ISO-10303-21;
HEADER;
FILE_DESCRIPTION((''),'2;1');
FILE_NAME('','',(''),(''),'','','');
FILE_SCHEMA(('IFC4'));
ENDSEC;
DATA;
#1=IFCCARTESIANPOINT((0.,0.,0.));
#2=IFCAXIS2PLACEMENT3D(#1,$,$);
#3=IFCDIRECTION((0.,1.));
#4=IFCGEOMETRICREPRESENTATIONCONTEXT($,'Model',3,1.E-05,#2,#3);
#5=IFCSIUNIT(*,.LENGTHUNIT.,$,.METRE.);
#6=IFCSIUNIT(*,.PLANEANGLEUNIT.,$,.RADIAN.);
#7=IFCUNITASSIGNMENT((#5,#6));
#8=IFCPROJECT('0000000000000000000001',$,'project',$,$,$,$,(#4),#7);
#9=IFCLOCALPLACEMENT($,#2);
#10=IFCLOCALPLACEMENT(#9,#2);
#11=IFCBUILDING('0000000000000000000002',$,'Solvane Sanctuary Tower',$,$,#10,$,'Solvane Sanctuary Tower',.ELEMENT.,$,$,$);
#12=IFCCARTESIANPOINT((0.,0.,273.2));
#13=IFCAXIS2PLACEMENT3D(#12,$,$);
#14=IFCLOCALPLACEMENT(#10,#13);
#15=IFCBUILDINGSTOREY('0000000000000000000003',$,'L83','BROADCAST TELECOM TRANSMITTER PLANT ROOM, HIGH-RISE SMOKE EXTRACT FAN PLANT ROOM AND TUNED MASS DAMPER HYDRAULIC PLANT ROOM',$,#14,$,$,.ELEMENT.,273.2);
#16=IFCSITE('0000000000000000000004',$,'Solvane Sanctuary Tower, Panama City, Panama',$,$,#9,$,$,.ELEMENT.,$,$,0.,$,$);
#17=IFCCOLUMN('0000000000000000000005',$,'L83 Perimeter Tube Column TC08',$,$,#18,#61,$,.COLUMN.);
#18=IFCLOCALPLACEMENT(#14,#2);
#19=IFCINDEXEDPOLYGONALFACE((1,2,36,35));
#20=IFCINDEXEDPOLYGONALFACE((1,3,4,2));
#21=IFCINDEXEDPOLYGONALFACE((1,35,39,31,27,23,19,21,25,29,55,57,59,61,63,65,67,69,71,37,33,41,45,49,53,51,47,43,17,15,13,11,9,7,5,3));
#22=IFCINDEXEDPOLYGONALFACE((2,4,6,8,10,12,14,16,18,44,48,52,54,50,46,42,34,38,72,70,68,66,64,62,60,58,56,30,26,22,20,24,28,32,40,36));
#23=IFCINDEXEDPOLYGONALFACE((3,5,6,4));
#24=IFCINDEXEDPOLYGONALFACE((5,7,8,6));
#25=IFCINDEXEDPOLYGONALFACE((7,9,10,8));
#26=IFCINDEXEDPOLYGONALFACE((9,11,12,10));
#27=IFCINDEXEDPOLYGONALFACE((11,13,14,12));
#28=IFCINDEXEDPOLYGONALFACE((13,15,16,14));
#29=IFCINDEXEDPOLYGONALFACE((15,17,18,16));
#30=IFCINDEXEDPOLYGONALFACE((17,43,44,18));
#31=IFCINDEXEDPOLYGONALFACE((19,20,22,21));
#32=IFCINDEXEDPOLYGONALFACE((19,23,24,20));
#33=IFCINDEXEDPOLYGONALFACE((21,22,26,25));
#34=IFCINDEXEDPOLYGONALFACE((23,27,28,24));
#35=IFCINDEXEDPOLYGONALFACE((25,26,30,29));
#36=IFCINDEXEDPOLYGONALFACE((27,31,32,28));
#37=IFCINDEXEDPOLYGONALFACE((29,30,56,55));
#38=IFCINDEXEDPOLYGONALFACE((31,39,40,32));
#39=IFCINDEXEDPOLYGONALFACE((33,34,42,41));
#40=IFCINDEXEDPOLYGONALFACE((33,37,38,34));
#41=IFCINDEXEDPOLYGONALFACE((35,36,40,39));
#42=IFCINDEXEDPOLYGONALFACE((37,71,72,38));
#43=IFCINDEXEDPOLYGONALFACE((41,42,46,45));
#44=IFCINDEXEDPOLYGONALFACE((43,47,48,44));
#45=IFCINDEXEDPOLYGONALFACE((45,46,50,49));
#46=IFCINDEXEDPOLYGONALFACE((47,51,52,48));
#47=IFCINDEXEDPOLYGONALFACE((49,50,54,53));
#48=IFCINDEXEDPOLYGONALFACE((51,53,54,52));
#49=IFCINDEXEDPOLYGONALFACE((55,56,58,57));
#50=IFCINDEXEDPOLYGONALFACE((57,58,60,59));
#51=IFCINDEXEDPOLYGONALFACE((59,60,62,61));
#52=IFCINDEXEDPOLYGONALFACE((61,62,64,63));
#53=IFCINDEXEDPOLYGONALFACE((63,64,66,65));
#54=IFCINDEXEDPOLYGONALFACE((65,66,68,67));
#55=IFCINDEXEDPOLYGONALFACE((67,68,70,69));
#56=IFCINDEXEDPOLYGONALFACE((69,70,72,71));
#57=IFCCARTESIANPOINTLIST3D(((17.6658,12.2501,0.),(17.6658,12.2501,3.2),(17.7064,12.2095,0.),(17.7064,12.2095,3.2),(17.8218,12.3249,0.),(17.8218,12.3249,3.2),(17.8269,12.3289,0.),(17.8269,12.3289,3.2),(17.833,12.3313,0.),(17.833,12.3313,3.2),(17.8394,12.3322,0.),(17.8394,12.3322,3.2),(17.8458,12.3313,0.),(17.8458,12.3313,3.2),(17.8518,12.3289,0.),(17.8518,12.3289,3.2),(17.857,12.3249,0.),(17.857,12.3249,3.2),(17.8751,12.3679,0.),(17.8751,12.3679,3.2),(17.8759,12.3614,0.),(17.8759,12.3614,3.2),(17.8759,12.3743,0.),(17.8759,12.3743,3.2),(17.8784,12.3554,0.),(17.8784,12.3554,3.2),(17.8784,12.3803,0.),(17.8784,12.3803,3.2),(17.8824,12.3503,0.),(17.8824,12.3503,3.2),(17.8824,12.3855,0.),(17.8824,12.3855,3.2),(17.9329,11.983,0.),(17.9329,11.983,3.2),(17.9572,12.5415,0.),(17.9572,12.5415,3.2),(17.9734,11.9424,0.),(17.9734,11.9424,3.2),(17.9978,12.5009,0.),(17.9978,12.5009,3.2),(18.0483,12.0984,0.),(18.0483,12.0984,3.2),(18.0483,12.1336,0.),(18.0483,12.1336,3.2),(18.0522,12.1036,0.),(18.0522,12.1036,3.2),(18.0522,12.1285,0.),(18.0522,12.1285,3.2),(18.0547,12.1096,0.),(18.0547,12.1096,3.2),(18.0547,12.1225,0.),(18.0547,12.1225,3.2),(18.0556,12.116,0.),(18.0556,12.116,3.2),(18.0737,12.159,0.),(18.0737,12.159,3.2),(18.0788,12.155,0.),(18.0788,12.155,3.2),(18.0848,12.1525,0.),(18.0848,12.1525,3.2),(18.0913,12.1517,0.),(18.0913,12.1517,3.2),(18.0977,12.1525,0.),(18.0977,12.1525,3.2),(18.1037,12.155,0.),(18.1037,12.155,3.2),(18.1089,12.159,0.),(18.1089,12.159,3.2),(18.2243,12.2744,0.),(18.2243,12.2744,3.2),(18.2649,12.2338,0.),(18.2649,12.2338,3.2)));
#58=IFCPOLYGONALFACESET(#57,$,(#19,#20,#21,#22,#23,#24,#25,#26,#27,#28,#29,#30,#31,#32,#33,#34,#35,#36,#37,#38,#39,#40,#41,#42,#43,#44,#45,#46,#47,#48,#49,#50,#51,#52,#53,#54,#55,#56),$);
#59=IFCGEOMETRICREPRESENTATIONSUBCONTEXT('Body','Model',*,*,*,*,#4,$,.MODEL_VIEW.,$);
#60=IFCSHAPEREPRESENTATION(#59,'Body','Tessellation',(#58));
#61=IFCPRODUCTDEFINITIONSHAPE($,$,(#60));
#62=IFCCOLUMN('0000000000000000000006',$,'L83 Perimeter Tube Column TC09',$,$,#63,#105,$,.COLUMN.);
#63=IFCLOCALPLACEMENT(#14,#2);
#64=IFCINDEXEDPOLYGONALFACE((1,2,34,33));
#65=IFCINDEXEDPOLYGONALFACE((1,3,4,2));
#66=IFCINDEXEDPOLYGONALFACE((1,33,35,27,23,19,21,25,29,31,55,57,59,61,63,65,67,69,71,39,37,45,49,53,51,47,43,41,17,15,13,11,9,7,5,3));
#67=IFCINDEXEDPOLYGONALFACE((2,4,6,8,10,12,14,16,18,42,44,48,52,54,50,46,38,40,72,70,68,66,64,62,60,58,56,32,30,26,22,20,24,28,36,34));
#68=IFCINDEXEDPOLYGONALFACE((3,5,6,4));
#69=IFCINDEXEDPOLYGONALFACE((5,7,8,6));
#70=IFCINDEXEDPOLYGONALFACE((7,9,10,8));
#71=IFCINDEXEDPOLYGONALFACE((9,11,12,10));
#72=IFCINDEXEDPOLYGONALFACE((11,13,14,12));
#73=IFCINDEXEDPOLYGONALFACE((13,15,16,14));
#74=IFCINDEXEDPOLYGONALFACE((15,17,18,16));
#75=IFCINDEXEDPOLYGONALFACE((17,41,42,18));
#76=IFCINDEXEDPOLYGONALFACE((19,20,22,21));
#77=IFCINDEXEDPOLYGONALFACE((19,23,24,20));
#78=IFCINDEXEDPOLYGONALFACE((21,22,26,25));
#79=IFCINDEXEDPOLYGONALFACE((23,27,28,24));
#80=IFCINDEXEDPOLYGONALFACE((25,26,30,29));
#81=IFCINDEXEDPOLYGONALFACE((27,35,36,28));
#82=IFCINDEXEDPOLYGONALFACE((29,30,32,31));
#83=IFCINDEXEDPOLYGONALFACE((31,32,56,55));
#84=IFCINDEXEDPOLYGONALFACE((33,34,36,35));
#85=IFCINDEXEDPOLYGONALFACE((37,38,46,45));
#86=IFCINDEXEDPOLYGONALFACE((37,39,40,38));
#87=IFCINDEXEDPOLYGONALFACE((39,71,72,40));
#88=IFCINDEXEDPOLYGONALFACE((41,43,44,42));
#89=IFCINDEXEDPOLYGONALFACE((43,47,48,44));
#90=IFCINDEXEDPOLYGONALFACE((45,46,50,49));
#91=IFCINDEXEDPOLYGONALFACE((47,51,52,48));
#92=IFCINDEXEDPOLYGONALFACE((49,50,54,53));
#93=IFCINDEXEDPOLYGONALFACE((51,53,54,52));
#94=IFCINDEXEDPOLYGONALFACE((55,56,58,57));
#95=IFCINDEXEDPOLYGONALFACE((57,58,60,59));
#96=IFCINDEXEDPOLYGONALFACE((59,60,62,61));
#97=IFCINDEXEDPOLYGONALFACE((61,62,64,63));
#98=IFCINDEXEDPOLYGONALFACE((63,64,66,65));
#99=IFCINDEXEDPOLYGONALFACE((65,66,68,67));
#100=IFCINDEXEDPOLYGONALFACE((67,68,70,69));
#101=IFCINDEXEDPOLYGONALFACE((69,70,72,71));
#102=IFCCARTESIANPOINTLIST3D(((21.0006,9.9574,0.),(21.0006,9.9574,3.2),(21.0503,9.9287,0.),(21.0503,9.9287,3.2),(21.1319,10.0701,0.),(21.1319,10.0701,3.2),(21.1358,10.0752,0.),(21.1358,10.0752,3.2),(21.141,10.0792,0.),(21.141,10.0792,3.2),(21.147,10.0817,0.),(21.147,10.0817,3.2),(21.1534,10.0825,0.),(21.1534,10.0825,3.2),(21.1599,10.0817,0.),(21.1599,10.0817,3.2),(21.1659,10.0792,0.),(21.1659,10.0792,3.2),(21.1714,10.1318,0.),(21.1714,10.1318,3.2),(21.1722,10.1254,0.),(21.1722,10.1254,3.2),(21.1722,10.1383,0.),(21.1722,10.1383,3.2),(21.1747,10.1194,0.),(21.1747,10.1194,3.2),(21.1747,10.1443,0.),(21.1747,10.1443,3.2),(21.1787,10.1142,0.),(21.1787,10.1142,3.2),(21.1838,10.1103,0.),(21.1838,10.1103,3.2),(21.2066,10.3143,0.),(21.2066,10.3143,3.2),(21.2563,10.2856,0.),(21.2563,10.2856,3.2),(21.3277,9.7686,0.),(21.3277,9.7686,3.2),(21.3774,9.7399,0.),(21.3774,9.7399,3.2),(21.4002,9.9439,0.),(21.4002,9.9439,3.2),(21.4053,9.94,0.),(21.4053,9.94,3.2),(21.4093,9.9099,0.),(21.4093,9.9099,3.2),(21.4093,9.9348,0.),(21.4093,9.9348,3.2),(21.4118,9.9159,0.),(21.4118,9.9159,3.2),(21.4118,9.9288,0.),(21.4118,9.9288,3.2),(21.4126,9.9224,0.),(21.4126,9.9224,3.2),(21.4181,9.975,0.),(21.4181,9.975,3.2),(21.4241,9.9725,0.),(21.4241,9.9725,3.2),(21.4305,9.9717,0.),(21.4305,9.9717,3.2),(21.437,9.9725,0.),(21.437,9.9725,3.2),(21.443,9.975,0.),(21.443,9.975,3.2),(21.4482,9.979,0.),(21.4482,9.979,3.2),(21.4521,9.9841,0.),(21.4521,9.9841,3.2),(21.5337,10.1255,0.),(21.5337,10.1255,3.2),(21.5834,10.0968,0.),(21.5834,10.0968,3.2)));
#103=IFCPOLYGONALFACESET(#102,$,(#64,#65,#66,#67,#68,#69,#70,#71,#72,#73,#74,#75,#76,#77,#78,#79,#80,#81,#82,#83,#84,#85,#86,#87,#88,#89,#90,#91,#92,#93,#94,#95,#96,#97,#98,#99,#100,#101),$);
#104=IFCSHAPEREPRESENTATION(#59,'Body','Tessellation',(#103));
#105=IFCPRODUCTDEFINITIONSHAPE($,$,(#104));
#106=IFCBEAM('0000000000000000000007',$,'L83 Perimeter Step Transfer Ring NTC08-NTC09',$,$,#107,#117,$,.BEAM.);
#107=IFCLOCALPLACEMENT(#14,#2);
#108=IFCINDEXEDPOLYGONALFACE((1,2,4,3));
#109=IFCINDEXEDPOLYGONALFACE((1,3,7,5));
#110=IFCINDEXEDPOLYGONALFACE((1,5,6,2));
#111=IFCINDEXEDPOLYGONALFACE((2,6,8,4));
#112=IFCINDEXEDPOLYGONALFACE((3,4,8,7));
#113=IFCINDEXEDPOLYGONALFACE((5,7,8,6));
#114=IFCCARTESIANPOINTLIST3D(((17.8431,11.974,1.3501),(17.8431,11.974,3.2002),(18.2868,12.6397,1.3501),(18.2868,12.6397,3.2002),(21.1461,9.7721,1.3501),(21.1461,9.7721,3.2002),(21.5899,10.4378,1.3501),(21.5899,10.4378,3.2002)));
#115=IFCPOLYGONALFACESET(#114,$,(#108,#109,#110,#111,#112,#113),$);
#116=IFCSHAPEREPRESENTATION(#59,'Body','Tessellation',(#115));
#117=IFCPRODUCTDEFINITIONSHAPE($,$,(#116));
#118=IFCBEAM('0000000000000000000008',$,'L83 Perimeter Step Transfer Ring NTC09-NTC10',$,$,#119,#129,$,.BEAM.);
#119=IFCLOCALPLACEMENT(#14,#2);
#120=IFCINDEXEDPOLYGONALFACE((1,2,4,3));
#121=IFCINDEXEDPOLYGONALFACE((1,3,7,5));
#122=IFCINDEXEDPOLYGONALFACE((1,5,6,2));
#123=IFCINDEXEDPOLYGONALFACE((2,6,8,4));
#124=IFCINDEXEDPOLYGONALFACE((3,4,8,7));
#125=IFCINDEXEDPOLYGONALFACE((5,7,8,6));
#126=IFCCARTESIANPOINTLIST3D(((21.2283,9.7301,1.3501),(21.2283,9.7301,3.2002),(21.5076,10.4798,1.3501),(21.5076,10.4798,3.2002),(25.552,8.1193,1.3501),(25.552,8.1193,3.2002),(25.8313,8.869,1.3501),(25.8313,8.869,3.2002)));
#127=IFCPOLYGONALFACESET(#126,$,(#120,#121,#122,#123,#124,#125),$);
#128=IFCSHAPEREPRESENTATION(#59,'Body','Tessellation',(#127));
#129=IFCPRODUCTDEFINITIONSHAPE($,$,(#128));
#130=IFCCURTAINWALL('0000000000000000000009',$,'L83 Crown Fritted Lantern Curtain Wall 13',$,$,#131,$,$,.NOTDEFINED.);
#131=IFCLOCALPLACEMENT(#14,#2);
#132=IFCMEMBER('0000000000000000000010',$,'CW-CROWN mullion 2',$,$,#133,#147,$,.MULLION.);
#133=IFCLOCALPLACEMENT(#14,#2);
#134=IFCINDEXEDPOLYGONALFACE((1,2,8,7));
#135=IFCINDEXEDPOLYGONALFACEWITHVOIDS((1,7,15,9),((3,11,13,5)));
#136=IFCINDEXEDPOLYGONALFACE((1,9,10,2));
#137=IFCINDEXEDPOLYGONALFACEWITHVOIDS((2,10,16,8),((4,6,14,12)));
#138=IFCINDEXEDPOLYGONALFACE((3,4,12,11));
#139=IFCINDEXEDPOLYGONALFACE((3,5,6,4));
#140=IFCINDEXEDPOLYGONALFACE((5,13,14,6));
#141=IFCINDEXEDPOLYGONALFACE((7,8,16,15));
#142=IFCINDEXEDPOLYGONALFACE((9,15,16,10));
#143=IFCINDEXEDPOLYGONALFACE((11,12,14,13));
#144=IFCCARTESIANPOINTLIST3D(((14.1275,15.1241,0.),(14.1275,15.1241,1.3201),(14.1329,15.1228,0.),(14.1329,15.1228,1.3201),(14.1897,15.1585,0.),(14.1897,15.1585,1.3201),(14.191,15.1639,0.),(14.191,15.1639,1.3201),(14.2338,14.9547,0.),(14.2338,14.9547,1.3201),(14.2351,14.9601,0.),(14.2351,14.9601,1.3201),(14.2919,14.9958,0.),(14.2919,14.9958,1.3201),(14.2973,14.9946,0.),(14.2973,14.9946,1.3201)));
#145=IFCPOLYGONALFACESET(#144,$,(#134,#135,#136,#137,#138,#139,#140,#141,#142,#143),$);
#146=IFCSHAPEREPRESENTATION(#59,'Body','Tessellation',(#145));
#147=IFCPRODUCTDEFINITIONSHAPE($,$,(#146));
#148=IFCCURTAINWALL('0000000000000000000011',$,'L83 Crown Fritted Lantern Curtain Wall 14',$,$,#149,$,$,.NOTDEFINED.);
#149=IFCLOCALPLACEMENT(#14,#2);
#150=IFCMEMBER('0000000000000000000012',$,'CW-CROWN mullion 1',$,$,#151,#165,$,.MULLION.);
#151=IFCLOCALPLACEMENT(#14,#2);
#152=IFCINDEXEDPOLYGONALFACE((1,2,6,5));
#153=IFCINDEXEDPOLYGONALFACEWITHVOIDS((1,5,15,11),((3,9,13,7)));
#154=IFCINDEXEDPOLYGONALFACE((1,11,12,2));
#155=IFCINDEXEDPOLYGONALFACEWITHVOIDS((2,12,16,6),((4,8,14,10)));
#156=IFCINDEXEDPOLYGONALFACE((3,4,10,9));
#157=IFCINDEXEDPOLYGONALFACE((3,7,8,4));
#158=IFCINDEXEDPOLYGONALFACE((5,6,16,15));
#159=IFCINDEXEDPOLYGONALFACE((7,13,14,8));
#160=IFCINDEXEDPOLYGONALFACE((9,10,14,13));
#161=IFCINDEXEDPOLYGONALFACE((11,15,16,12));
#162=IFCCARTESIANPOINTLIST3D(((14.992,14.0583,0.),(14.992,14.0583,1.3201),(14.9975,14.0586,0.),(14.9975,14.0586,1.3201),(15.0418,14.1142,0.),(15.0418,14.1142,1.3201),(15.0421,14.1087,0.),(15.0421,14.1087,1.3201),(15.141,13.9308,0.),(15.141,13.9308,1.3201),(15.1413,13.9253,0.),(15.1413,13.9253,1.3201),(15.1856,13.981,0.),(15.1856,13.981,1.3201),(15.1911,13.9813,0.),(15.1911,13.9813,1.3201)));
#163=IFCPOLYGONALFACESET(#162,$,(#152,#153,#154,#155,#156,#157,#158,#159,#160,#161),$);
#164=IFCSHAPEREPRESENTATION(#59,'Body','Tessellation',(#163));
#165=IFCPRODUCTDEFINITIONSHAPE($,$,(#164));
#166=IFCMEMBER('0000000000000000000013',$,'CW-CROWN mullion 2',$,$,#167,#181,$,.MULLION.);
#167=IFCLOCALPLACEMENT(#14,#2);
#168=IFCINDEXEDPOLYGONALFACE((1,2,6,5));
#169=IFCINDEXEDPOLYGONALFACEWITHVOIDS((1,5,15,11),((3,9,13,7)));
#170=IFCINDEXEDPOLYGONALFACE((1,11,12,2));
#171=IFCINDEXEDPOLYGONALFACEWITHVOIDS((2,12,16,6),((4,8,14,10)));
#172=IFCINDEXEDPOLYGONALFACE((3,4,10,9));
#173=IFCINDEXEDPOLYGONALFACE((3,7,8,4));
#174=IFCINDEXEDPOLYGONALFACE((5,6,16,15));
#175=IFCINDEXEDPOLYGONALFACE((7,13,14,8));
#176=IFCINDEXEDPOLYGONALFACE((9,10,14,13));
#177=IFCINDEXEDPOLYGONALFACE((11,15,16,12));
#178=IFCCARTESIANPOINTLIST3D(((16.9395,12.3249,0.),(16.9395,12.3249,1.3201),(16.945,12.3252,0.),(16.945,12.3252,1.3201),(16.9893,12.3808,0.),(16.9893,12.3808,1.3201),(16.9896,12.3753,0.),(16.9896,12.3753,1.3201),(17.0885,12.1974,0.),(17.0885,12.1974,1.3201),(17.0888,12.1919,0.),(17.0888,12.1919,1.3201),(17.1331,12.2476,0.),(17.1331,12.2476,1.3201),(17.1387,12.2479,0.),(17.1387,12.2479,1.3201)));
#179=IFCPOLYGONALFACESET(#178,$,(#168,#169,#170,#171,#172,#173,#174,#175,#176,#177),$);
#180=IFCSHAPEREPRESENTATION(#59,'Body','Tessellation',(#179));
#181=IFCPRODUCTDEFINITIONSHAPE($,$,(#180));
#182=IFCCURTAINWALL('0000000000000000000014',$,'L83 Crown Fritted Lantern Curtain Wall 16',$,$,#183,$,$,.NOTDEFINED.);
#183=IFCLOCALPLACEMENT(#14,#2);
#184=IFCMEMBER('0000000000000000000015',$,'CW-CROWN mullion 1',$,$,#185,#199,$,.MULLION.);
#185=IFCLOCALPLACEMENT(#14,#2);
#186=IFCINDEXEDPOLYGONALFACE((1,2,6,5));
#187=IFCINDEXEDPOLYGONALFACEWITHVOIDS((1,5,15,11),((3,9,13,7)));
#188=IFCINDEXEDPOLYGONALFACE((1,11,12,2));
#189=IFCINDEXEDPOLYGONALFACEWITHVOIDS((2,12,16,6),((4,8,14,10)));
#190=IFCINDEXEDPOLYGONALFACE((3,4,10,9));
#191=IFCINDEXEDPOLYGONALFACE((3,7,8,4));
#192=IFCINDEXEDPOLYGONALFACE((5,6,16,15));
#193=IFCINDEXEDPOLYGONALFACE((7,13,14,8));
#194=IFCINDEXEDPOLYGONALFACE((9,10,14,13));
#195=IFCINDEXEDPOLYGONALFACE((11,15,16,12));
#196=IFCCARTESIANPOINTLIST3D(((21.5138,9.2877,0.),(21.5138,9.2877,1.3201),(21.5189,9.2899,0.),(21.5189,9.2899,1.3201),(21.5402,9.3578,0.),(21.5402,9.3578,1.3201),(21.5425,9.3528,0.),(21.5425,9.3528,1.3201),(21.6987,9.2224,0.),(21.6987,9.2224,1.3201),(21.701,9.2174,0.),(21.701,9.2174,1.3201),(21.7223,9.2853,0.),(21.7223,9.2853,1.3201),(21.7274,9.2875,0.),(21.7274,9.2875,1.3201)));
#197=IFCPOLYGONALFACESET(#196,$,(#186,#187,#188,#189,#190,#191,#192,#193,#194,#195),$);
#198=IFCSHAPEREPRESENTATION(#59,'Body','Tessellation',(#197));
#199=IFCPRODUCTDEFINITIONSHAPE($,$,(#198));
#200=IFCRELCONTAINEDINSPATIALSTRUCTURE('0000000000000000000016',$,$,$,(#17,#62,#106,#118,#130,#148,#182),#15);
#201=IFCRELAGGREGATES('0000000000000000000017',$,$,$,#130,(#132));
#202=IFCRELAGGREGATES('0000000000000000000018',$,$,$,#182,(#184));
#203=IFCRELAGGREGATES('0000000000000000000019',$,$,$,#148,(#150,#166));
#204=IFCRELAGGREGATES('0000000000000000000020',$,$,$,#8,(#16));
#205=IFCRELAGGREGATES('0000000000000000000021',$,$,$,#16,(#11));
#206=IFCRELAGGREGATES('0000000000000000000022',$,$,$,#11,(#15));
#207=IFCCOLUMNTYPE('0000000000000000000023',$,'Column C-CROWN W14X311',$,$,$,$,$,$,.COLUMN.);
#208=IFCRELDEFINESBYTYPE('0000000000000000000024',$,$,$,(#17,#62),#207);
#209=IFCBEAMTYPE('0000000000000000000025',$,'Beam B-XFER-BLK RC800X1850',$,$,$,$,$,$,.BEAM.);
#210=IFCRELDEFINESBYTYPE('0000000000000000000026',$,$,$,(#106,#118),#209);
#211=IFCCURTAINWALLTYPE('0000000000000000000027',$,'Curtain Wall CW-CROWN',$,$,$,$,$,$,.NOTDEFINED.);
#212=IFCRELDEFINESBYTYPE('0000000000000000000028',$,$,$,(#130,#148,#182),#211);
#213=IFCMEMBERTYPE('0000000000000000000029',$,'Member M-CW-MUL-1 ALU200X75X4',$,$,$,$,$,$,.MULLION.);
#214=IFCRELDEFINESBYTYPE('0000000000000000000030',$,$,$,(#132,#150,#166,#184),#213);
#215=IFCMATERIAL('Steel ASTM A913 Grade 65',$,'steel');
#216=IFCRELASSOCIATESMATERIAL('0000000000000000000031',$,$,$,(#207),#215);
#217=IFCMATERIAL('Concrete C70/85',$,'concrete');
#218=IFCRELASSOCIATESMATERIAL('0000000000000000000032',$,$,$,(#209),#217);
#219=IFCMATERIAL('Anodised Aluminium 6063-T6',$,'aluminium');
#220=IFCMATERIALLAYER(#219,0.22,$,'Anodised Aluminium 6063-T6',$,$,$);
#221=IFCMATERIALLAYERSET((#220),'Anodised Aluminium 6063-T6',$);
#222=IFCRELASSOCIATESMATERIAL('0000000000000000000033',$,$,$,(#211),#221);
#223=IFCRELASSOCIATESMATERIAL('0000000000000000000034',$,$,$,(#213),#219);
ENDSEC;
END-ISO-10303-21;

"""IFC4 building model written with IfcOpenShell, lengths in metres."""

from ifc_helpers import new_model, si_unit, direction, frame, origin, origin_2d, place, context, subcontext, project, spatial, rectangle, hollow_rectangle, i_section, extrude, material, layer, layer_set, material_profile, profile_set, type_object, element, aggregate, save


model = new_model("IFC4")

# Units and contexts
model_context = context("Model", 3, precision=1e-05, world=origin(), true_north=direction((0.0, 1.0)))
body_context = subcontext(model_context, "Body", "Model", "MODEL_VIEW")
ifc_project = project(units=[si_unit("LENGTHUNIT", "METRE"), si_unit("PLANEANGLEUNIT", "RADIAN")], contexts=[model_context])

# Site, building, storey
site_placement = place(None, origin())
site = spatial("IfcSite", under=ifc_project, at=site_placement, Name="Solvane Sanctuary Tower, Panama City, Panama", CompositionType="ELEMENT", RefElevation=0.0)
building_placement = place(site_placement, origin())
building = spatial("IfcBuilding", under=site, at=building_placement, Name="Solvane Sanctuary Tower", LongName="Solvane Sanctuary Tower", CompositionType="ELEMENT")
storey_placement = place(building_placement, frame((0.0, 0.0, 273.2)))
storey = spatial("IfcBuildingStorey", under=building, at=storey_placement, Name="L83", Description="BROADCAST TELECOM TRANSMITTER PLANT ROOM, HIGH-RISE SMOKE EXTRACT FAN PLANT ROOM AND TUNED MASS DAMPER HYDRAULIC PLANT ROOM", CompositionType="ELEMENT", Elevation=273.2)

# Columns
ifc_material_1 = material(Name="Steel ASTM A913 Grade 65", Category="steel")
ifc_material_profile_1 = material_profile(ifc_material_1, i_section(OverallWidth=0.4121, OverallDepth=0.4351, WebThickness=0.0359, FlangeThickness=0.0574, FilletRadius=0.0249, at=origin_2d()), Name="W14X311")
ifc_profile_set_1 = profile_set([ifc_material_profile_1], Name="Steel ASTM A913 Grade 65")
column_type = type_object("IfcColumnType", Name="Column C-CROWN W14X311", PredefinedType="COLUMN", material=ifc_profile_set_1)
for number, where, z_axis, x_axis, name in (
    (1, (17.9653, 12.2419, 0.0), (0.0, 0.0, 1.0), (-0.707107, -0.707107, 0.0), "L83 Perimeter Tube Column TC08"),
    (2, (21.292, 10.0271, 0.0), (0.0, 0.0, 1.0), (-0.5, -0.866025, 0.0), "L83 Perimeter Tube Column TC09"),
):
    element("IfcColumn", number, at=place(storey_placement, frame(where, z_axis=z_axis, x_axis=x_axis)), inside=storey, type_object=column_type, Name=name, PredefinedType="COLUMN", context=body_context, shape_type="SweptSolid", body=[
        extrude(i_section(OverallWidth=0.4121, OverallDepth=0.4351, WebThickness=0.0359, FlangeThickness=0.0574, FilletRadius=0.0249, at=origin_2d()), origin(), (0.0, 0.0, 1.0), 3.2),
    ])

# Beams
ifc_material_2 = material(Name="Concrete C70/85", Category="concrete")
ifc_material_profile_2 = material_profile(ifc_material_2, rectangle(XDim=0.8, YDim=1.8501, at=origin_2d()), Name="RC800X1850")
ifc_profile_set_2 = profile_set([ifc_material_profile_2], Name="Concrete C70/85")
beam_type = type_object("IfcBeamType", Name="Beam B-XFER-BLK RC800X1850", PredefinedType="BEAM", material=ifc_profile_set_2)
beam_1_placement = place(storey_placement, frame((18.0649, 12.3069, 2.2751), z_axis=(0.83206, -0.554686, 0.0), x_axis=(0.554686, 0.83206, 0.0)))
element("IfcBeam", 3, at=beam_1_placement, inside=storey, type_object=beam_type, Name="L83 Perimeter Step Transfer Ring NTC08-NTC09", PredefinedType="BEAM", context=body_context, shape_type="SweptSolid", body=[
    extrude(rectangle(XDim=0.8, YDim=1.8501, at=origin_2d()), origin(), (0.0, 0.0, 1.0), 3.9697),
])
beam_2_placement = place(storey_placement, frame((21.3679, 10.105, 2.2751), z_axis=(0.937079, -0.349116, 0.0), x_axis=(0.349116, 0.937079, 0.0)))
element("IfcBeam", 4, at=beam_2_placement, inside=storey, type_object=beam_type, Name="L83 Perimeter Step Transfer Ring NTC09-NTC10", PredefinedType="BEAM", context=body_context, shape_type="SweptSolid", body=[
    extrude(rectangle(XDim=0.8, YDim=1.8501, at=origin_2d()), origin(), (0.0, 0.0, 1.0), 4.614),
])

# Curtain wall, member
ifc_material_3 = material(Name="Anodised Aluminium 6063-T6", Category="aluminium")
ifc_layer_1 = layer(ifc_material_3, 0.22, Name="Anodised Aluminium 6063-T6")
ifc_layer_set_1 = layer_set([ifc_layer_1], Name="Anodised Aluminium 6063-T6")
curtain_wall_type = type_object("IfcCurtainWallType", Name="Curtain Wall CW-CROWN", PredefinedType="NOTDEFINED", material=ifc_layer_set_1)
curtain_wall_1_placement = place(storey_placement, origin())
curtain_wall_1 = element("IfcCurtainWall", 5, at=curtain_wall_1_placement, inside=storey, type_object=curtain_wall_type, Name="L83 Crown Fritted Lantern Curtain Wall 13", PredefinedType="NOTDEFINED")
ifc_material_profile_3 = material_profile(ifc_material_3, hollow_rectangle(XDim=0.075, YDim=0.2, WallThickness=0.0039, at=origin_2d()), Name="ALU200X75X4")
ifc_profile_set_3 = profile_set([ifc_material_profile_3], Name="Anodised Aluminium 6063-T6")
member_type_1 = type_object("IfcMemberType", Name="Member M-CW-MUL-1 ALU200X75X4", PredefinedType="MULLION", material=ifc_profile_set_3)
member_1_placement = place(storey_placement, frame((14.2124, 15.0593, 0.0), z_axis=(0.0, 0.0, 1.0), x_axis=(0.846858, 0.531819, 0.0)))
member_1 = element("IfcMember", 6, at=member_1_placement, type_object=member_type_1, Name="CW-CROWN mullion 2", PredefinedType="MULLION", context=body_context, shape_type="SweptSolid", body=[
    extrude(hollow_rectangle(XDim=0.075, YDim=0.2, WallThickness=0.0039, at=origin_2d()), origin(), (0.0, 0.0, 1.0), 1.3201),
])
aggregate(curtain_wall_1, [member_1])

# Curtain wall, members
curtain_wall_2_placement = place(storey_placement, origin())
curtain_wall_2 = element("IfcCurtainWall", 7, at=curtain_wall_2_placement, inside=storey, type_object=curtain_wall_type, Name="L83 Crown Fritted Lantern Curtain Wall 14", PredefinedType="NOTDEFINED")
member_2_placement = place(storey_placement, frame((15.0916, 14.0198, 0.0), z_axis=(0.0, 0.0, 1.0), x_axis=(0.664887, 0.746944, 0.0)))
member_2 = element("IfcMember", 8, at=member_2_placement, type_object=member_type_1, Name="CW-CROWN mullion 1", PredefinedType="MULLION", context=body_context, shape_type="SweptSolid", body=[
    extrude(hollow_rectangle(XDim=0.075, YDim=0.2, WallThickness=0.0039, at=origin_2d()), origin(), (0.0, 0.0, 1.0), 1.3201),
])
member_3_placement = place(storey_placement, frame((17.0391, 12.2864, 0.0), z_axis=(0.0, 0.0, 1.0), x_axis=(0.664887, 0.746944, 0.0)))
member_3 = element("IfcMember", 9, at=member_3_placement, type_object=member_type_1, Name="CW-CROWN mullion 2", PredefinedType="MULLION", context=body_context, shape_type="SweptSolid", body=[
    extrude(hollow_rectangle(XDim=0.075, YDim=0.2, WallThickness=0.0039, at=origin_2d()), origin(), (0.0, 0.0, 1.0), 1.3201),
])

# Curtain wall, member
curtain_wall_3_placement = place(storey_placement, origin())
curtain_wall_3 = element("IfcCurtainWall", 10, at=curtain_wall_3_placement, inside=storey, type_object=curtain_wall_type, Name="L83 Crown Fritted Lantern Curtain Wall 16", PredefinedType="NOTDEFINED")
member_4_placement = place(storey_placement, frame((21.6206, 9.2876, 0.0), z_axis=(0.0, 0.0, 1.0), x_axis=(0.351475, 0.936197, 0.0)))
member_4 = element("IfcMember", 11, at=member_4_placement, type_object=member_type_1, Name="CW-CROWN mullion 1", PredefinedType="MULLION", context=body_context, shape_type="SweptSolid", body=[
    extrude(hollow_rectangle(XDim=0.075, YDim=0.2, WallThickness=0.0039, at=origin_2d()), origin(), (0.0, 0.0, 1.0), 1.3201),
])

aggregate(curtain_wall_3, [member_4])

aggregate(curtain_wall_2, [member_2, member_3])

save(model, "model.ifc")
